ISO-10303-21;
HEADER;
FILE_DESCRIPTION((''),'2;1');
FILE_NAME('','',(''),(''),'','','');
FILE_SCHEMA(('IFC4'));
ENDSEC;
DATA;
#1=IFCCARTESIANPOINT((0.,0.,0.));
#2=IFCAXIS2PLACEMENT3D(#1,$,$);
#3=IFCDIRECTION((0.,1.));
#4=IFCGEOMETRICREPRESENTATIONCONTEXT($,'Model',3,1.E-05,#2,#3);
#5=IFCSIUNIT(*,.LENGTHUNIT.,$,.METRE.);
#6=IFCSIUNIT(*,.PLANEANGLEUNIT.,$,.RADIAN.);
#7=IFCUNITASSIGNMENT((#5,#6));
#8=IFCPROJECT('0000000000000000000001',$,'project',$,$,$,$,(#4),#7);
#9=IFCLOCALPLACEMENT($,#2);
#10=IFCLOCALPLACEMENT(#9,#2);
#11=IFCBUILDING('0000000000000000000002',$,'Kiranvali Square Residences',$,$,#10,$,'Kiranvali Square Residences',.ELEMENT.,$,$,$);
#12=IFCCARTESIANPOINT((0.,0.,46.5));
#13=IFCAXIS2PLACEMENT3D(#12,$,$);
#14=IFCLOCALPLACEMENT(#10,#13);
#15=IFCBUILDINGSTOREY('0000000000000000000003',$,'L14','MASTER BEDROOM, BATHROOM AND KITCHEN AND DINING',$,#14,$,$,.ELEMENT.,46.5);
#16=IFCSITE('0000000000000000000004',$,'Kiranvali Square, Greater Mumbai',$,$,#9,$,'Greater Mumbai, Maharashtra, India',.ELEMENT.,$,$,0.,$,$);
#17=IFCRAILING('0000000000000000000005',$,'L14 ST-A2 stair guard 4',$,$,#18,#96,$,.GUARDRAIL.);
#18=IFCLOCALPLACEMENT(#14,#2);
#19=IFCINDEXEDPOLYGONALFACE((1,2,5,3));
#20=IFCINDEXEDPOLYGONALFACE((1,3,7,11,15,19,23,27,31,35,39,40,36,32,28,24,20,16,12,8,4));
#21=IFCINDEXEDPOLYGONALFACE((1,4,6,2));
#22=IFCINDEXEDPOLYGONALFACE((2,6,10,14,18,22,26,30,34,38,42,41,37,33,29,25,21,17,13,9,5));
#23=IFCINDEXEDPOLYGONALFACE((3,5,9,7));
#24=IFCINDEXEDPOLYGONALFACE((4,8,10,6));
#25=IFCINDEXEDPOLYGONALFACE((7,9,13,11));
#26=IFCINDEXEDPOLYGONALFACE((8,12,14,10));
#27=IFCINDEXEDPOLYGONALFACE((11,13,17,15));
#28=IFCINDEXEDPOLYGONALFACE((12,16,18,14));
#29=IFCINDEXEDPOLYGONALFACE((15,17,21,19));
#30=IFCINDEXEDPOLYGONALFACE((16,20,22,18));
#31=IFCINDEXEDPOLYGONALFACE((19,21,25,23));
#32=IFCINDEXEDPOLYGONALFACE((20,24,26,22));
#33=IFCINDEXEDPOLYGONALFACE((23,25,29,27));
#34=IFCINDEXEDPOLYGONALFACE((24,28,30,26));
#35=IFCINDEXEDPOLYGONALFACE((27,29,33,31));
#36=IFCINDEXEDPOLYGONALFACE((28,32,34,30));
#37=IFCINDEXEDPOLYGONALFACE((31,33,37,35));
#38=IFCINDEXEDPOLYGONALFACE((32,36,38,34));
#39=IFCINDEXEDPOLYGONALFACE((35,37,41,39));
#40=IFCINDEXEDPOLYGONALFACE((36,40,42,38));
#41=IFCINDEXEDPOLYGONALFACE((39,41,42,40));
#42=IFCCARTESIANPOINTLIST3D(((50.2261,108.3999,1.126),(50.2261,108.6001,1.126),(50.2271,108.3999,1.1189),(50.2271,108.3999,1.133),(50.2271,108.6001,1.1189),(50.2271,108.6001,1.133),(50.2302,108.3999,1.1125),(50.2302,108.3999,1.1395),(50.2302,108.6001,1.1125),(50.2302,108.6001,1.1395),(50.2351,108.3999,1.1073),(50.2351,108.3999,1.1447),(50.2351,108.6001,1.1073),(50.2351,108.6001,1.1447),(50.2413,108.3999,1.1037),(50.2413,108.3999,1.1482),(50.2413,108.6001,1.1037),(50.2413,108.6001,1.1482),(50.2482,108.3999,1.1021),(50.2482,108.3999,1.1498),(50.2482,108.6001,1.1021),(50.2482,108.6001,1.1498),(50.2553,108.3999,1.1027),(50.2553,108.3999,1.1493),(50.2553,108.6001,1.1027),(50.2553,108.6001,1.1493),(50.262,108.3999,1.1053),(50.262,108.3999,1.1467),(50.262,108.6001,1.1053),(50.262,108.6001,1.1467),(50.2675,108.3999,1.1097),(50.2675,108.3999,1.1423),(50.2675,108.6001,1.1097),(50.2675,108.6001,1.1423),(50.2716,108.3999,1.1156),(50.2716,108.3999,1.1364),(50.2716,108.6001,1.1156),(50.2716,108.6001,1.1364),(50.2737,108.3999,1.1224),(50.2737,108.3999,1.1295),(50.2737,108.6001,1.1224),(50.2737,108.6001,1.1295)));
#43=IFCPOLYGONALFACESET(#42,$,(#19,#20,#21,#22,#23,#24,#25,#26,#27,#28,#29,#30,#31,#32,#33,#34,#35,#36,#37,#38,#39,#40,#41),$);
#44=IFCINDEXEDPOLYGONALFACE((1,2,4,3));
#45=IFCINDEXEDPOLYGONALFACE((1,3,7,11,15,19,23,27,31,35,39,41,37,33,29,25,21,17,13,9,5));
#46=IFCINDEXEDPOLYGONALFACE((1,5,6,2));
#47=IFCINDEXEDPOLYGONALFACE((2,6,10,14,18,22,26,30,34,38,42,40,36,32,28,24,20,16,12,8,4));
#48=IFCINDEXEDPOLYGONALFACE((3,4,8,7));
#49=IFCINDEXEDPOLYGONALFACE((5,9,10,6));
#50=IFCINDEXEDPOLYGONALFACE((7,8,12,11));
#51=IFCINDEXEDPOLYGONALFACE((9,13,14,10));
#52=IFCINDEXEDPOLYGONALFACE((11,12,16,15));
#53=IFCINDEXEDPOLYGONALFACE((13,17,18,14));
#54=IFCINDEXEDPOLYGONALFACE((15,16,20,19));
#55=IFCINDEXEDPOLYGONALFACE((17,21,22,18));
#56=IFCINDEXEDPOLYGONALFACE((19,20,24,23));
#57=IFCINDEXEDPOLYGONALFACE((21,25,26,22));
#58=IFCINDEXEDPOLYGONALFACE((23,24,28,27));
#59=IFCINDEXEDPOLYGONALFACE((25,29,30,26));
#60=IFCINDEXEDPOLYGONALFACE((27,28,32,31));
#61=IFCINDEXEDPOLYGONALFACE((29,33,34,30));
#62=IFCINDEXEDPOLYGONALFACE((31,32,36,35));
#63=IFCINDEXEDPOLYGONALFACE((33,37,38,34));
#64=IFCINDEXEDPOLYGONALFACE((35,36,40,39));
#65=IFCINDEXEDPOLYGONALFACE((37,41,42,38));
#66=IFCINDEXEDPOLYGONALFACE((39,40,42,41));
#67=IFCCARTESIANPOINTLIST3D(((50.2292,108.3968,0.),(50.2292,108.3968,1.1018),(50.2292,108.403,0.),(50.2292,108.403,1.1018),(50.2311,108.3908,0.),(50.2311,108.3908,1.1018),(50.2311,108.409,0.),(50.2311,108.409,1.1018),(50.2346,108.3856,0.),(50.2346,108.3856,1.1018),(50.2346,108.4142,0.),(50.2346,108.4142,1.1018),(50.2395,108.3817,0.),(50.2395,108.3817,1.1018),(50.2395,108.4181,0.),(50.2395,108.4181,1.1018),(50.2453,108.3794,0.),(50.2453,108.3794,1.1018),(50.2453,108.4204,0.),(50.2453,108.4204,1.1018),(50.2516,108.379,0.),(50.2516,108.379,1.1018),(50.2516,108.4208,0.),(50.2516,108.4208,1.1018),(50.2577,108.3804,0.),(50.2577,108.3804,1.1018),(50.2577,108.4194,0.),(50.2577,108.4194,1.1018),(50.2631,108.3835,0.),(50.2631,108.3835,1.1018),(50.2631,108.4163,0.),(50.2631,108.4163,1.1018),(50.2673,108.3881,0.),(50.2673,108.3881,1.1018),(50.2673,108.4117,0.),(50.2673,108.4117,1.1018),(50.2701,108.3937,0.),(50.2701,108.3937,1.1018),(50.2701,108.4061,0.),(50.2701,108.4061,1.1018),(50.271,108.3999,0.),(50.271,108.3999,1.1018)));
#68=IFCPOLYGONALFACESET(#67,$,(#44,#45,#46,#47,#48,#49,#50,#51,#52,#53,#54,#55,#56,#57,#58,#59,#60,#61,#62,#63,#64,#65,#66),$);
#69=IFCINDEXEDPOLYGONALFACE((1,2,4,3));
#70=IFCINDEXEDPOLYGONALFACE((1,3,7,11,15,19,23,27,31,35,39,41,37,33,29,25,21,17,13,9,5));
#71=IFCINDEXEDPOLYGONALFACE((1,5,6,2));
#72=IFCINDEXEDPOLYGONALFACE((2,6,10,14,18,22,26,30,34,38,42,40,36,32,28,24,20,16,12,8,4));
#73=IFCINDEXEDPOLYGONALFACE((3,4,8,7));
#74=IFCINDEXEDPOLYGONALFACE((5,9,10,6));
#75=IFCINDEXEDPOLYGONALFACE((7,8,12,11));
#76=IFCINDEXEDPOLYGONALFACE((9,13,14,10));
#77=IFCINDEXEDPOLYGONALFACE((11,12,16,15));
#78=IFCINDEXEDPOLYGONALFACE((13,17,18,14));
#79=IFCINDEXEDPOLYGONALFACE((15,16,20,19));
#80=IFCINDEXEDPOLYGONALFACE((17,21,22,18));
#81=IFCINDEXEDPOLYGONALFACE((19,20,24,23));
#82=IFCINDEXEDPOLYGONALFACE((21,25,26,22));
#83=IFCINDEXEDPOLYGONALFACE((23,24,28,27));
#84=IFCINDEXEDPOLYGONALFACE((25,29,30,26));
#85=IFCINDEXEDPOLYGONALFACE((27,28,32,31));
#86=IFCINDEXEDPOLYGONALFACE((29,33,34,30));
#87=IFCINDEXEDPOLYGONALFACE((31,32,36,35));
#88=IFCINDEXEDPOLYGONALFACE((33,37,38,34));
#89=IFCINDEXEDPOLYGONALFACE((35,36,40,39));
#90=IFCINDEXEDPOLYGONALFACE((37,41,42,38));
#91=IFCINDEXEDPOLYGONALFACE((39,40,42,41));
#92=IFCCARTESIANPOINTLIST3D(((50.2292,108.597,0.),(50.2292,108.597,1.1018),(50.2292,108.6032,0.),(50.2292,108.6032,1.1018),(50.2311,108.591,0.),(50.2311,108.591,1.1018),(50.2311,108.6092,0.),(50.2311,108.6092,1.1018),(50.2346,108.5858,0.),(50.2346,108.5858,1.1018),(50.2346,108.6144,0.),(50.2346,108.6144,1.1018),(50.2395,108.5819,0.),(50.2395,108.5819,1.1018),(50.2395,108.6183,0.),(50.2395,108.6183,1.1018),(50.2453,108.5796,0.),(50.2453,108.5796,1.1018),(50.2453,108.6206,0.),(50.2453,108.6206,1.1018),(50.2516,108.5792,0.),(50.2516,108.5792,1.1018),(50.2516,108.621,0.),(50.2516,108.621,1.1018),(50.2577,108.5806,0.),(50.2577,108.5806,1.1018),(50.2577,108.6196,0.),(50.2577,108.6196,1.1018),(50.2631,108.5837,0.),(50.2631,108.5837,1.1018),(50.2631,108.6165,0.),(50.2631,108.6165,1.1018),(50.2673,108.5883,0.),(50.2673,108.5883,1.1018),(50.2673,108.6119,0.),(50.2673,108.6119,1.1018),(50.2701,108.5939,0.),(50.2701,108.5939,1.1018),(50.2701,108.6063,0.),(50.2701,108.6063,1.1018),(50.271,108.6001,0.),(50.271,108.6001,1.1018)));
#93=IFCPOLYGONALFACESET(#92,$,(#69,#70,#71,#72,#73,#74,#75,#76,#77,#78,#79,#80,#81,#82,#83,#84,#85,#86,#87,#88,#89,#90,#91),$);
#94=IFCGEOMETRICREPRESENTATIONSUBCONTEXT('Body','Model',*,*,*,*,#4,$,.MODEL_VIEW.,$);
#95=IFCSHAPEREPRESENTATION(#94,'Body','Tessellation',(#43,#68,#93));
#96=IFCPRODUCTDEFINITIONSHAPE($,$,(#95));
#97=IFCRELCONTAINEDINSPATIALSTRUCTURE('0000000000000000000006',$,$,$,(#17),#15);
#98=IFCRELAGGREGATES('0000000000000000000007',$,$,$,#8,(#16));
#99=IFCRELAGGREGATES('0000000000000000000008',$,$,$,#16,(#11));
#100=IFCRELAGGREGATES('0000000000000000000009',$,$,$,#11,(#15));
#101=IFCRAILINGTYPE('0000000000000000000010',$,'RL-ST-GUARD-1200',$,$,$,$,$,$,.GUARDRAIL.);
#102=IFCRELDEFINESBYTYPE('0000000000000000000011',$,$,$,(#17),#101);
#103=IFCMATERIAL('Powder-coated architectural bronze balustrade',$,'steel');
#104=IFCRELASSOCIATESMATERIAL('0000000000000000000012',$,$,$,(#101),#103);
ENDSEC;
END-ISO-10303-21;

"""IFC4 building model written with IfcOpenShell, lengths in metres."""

from ifc_helpers import new_model, si_unit, direction, frame, origin, origin_2d, place, context, subcontext, project, spatial, circle, extrude, material, type_object, element, save


model = new_model("IFC4")

# Units and contexts
model_context = context("Model", 3, precision=1e-05, world=origin(), true_north=direction((0.0, 1.0)))
body_context = subcontext(model_context, "Body", "Model", "MODEL_VIEW")
ifc_project = project(units=[si_unit("LENGTHUNIT", "METRE"), si_unit("PLANEANGLEUNIT", "RADIAN")], contexts=[model_context])

# Site, building, storey
site_placement = place(None, origin())
site = spatial("IfcSite", under=ifc_project, at=site_placement, Name="Kiranvali Square, Greater Mumbai", LongName="Greater Mumbai, Maharashtra, India", CompositionType="ELEMENT", RefElevation=0.0)
building_placement = place(site_placement, origin())
building = spatial("IfcBuilding", under=site, at=building_placement, Name="Kiranvali Square Residences", LongName="Kiranvali Square Residences", CompositionType="ELEMENT")
storey_placement = place(building_placement, frame((0.0, 0.0, 46.5)))
storey = spatial("IfcBuildingStorey", under=building, at=storey_placement, Name="L14", Description="MASTER BEDROOM, BATHROOM AND KITCHEN AND DINING", CompositionType="ELEMENT", Elevation=46.5)

# Railing
ifc_material_1 = material(Name="Powder-coated architectural bronze balustrade", Category="steel")
railing_type_1 = type_object("IfcRailingType", Name="RL-ST-GUARD-1200", PredefinedType="GUARDRAIL", material=ifc_material_1)
railing_1_placement = place(storey_placement, frame((50.25, 108.3999, 0.0)))
element("IfcRailing", 1, at=railing_1_placement, inside=storey, type_object=railing_type_1, Name="L14 ST-A2 stair guard 4", PredefinedType="GUARDRAIL", context=body_context, shape_type="SweptSolid", body=[
    extrude(circle(Radius=0.0239, at=origin_2d()), frame((0.0, 0.0, 1.126), z_axis=(0.0, 1.0, 0.0), x_axis=(-1.0, 0.0, 0.0)), (0.0, 0.0, 1.0), 0.2002),
    extrude(circle(Radius=0.021, at=origin_2d()), origin(), (0.0, 0.0, 1.0), 1.1018),
    extrude(circle(Radius=0.021, at=origin_2d()), frame((0.0, 0.2002, 0.0)), (0.0, 0.0, 1.0), 1.1018),
])

save(model, "model.ifc")
